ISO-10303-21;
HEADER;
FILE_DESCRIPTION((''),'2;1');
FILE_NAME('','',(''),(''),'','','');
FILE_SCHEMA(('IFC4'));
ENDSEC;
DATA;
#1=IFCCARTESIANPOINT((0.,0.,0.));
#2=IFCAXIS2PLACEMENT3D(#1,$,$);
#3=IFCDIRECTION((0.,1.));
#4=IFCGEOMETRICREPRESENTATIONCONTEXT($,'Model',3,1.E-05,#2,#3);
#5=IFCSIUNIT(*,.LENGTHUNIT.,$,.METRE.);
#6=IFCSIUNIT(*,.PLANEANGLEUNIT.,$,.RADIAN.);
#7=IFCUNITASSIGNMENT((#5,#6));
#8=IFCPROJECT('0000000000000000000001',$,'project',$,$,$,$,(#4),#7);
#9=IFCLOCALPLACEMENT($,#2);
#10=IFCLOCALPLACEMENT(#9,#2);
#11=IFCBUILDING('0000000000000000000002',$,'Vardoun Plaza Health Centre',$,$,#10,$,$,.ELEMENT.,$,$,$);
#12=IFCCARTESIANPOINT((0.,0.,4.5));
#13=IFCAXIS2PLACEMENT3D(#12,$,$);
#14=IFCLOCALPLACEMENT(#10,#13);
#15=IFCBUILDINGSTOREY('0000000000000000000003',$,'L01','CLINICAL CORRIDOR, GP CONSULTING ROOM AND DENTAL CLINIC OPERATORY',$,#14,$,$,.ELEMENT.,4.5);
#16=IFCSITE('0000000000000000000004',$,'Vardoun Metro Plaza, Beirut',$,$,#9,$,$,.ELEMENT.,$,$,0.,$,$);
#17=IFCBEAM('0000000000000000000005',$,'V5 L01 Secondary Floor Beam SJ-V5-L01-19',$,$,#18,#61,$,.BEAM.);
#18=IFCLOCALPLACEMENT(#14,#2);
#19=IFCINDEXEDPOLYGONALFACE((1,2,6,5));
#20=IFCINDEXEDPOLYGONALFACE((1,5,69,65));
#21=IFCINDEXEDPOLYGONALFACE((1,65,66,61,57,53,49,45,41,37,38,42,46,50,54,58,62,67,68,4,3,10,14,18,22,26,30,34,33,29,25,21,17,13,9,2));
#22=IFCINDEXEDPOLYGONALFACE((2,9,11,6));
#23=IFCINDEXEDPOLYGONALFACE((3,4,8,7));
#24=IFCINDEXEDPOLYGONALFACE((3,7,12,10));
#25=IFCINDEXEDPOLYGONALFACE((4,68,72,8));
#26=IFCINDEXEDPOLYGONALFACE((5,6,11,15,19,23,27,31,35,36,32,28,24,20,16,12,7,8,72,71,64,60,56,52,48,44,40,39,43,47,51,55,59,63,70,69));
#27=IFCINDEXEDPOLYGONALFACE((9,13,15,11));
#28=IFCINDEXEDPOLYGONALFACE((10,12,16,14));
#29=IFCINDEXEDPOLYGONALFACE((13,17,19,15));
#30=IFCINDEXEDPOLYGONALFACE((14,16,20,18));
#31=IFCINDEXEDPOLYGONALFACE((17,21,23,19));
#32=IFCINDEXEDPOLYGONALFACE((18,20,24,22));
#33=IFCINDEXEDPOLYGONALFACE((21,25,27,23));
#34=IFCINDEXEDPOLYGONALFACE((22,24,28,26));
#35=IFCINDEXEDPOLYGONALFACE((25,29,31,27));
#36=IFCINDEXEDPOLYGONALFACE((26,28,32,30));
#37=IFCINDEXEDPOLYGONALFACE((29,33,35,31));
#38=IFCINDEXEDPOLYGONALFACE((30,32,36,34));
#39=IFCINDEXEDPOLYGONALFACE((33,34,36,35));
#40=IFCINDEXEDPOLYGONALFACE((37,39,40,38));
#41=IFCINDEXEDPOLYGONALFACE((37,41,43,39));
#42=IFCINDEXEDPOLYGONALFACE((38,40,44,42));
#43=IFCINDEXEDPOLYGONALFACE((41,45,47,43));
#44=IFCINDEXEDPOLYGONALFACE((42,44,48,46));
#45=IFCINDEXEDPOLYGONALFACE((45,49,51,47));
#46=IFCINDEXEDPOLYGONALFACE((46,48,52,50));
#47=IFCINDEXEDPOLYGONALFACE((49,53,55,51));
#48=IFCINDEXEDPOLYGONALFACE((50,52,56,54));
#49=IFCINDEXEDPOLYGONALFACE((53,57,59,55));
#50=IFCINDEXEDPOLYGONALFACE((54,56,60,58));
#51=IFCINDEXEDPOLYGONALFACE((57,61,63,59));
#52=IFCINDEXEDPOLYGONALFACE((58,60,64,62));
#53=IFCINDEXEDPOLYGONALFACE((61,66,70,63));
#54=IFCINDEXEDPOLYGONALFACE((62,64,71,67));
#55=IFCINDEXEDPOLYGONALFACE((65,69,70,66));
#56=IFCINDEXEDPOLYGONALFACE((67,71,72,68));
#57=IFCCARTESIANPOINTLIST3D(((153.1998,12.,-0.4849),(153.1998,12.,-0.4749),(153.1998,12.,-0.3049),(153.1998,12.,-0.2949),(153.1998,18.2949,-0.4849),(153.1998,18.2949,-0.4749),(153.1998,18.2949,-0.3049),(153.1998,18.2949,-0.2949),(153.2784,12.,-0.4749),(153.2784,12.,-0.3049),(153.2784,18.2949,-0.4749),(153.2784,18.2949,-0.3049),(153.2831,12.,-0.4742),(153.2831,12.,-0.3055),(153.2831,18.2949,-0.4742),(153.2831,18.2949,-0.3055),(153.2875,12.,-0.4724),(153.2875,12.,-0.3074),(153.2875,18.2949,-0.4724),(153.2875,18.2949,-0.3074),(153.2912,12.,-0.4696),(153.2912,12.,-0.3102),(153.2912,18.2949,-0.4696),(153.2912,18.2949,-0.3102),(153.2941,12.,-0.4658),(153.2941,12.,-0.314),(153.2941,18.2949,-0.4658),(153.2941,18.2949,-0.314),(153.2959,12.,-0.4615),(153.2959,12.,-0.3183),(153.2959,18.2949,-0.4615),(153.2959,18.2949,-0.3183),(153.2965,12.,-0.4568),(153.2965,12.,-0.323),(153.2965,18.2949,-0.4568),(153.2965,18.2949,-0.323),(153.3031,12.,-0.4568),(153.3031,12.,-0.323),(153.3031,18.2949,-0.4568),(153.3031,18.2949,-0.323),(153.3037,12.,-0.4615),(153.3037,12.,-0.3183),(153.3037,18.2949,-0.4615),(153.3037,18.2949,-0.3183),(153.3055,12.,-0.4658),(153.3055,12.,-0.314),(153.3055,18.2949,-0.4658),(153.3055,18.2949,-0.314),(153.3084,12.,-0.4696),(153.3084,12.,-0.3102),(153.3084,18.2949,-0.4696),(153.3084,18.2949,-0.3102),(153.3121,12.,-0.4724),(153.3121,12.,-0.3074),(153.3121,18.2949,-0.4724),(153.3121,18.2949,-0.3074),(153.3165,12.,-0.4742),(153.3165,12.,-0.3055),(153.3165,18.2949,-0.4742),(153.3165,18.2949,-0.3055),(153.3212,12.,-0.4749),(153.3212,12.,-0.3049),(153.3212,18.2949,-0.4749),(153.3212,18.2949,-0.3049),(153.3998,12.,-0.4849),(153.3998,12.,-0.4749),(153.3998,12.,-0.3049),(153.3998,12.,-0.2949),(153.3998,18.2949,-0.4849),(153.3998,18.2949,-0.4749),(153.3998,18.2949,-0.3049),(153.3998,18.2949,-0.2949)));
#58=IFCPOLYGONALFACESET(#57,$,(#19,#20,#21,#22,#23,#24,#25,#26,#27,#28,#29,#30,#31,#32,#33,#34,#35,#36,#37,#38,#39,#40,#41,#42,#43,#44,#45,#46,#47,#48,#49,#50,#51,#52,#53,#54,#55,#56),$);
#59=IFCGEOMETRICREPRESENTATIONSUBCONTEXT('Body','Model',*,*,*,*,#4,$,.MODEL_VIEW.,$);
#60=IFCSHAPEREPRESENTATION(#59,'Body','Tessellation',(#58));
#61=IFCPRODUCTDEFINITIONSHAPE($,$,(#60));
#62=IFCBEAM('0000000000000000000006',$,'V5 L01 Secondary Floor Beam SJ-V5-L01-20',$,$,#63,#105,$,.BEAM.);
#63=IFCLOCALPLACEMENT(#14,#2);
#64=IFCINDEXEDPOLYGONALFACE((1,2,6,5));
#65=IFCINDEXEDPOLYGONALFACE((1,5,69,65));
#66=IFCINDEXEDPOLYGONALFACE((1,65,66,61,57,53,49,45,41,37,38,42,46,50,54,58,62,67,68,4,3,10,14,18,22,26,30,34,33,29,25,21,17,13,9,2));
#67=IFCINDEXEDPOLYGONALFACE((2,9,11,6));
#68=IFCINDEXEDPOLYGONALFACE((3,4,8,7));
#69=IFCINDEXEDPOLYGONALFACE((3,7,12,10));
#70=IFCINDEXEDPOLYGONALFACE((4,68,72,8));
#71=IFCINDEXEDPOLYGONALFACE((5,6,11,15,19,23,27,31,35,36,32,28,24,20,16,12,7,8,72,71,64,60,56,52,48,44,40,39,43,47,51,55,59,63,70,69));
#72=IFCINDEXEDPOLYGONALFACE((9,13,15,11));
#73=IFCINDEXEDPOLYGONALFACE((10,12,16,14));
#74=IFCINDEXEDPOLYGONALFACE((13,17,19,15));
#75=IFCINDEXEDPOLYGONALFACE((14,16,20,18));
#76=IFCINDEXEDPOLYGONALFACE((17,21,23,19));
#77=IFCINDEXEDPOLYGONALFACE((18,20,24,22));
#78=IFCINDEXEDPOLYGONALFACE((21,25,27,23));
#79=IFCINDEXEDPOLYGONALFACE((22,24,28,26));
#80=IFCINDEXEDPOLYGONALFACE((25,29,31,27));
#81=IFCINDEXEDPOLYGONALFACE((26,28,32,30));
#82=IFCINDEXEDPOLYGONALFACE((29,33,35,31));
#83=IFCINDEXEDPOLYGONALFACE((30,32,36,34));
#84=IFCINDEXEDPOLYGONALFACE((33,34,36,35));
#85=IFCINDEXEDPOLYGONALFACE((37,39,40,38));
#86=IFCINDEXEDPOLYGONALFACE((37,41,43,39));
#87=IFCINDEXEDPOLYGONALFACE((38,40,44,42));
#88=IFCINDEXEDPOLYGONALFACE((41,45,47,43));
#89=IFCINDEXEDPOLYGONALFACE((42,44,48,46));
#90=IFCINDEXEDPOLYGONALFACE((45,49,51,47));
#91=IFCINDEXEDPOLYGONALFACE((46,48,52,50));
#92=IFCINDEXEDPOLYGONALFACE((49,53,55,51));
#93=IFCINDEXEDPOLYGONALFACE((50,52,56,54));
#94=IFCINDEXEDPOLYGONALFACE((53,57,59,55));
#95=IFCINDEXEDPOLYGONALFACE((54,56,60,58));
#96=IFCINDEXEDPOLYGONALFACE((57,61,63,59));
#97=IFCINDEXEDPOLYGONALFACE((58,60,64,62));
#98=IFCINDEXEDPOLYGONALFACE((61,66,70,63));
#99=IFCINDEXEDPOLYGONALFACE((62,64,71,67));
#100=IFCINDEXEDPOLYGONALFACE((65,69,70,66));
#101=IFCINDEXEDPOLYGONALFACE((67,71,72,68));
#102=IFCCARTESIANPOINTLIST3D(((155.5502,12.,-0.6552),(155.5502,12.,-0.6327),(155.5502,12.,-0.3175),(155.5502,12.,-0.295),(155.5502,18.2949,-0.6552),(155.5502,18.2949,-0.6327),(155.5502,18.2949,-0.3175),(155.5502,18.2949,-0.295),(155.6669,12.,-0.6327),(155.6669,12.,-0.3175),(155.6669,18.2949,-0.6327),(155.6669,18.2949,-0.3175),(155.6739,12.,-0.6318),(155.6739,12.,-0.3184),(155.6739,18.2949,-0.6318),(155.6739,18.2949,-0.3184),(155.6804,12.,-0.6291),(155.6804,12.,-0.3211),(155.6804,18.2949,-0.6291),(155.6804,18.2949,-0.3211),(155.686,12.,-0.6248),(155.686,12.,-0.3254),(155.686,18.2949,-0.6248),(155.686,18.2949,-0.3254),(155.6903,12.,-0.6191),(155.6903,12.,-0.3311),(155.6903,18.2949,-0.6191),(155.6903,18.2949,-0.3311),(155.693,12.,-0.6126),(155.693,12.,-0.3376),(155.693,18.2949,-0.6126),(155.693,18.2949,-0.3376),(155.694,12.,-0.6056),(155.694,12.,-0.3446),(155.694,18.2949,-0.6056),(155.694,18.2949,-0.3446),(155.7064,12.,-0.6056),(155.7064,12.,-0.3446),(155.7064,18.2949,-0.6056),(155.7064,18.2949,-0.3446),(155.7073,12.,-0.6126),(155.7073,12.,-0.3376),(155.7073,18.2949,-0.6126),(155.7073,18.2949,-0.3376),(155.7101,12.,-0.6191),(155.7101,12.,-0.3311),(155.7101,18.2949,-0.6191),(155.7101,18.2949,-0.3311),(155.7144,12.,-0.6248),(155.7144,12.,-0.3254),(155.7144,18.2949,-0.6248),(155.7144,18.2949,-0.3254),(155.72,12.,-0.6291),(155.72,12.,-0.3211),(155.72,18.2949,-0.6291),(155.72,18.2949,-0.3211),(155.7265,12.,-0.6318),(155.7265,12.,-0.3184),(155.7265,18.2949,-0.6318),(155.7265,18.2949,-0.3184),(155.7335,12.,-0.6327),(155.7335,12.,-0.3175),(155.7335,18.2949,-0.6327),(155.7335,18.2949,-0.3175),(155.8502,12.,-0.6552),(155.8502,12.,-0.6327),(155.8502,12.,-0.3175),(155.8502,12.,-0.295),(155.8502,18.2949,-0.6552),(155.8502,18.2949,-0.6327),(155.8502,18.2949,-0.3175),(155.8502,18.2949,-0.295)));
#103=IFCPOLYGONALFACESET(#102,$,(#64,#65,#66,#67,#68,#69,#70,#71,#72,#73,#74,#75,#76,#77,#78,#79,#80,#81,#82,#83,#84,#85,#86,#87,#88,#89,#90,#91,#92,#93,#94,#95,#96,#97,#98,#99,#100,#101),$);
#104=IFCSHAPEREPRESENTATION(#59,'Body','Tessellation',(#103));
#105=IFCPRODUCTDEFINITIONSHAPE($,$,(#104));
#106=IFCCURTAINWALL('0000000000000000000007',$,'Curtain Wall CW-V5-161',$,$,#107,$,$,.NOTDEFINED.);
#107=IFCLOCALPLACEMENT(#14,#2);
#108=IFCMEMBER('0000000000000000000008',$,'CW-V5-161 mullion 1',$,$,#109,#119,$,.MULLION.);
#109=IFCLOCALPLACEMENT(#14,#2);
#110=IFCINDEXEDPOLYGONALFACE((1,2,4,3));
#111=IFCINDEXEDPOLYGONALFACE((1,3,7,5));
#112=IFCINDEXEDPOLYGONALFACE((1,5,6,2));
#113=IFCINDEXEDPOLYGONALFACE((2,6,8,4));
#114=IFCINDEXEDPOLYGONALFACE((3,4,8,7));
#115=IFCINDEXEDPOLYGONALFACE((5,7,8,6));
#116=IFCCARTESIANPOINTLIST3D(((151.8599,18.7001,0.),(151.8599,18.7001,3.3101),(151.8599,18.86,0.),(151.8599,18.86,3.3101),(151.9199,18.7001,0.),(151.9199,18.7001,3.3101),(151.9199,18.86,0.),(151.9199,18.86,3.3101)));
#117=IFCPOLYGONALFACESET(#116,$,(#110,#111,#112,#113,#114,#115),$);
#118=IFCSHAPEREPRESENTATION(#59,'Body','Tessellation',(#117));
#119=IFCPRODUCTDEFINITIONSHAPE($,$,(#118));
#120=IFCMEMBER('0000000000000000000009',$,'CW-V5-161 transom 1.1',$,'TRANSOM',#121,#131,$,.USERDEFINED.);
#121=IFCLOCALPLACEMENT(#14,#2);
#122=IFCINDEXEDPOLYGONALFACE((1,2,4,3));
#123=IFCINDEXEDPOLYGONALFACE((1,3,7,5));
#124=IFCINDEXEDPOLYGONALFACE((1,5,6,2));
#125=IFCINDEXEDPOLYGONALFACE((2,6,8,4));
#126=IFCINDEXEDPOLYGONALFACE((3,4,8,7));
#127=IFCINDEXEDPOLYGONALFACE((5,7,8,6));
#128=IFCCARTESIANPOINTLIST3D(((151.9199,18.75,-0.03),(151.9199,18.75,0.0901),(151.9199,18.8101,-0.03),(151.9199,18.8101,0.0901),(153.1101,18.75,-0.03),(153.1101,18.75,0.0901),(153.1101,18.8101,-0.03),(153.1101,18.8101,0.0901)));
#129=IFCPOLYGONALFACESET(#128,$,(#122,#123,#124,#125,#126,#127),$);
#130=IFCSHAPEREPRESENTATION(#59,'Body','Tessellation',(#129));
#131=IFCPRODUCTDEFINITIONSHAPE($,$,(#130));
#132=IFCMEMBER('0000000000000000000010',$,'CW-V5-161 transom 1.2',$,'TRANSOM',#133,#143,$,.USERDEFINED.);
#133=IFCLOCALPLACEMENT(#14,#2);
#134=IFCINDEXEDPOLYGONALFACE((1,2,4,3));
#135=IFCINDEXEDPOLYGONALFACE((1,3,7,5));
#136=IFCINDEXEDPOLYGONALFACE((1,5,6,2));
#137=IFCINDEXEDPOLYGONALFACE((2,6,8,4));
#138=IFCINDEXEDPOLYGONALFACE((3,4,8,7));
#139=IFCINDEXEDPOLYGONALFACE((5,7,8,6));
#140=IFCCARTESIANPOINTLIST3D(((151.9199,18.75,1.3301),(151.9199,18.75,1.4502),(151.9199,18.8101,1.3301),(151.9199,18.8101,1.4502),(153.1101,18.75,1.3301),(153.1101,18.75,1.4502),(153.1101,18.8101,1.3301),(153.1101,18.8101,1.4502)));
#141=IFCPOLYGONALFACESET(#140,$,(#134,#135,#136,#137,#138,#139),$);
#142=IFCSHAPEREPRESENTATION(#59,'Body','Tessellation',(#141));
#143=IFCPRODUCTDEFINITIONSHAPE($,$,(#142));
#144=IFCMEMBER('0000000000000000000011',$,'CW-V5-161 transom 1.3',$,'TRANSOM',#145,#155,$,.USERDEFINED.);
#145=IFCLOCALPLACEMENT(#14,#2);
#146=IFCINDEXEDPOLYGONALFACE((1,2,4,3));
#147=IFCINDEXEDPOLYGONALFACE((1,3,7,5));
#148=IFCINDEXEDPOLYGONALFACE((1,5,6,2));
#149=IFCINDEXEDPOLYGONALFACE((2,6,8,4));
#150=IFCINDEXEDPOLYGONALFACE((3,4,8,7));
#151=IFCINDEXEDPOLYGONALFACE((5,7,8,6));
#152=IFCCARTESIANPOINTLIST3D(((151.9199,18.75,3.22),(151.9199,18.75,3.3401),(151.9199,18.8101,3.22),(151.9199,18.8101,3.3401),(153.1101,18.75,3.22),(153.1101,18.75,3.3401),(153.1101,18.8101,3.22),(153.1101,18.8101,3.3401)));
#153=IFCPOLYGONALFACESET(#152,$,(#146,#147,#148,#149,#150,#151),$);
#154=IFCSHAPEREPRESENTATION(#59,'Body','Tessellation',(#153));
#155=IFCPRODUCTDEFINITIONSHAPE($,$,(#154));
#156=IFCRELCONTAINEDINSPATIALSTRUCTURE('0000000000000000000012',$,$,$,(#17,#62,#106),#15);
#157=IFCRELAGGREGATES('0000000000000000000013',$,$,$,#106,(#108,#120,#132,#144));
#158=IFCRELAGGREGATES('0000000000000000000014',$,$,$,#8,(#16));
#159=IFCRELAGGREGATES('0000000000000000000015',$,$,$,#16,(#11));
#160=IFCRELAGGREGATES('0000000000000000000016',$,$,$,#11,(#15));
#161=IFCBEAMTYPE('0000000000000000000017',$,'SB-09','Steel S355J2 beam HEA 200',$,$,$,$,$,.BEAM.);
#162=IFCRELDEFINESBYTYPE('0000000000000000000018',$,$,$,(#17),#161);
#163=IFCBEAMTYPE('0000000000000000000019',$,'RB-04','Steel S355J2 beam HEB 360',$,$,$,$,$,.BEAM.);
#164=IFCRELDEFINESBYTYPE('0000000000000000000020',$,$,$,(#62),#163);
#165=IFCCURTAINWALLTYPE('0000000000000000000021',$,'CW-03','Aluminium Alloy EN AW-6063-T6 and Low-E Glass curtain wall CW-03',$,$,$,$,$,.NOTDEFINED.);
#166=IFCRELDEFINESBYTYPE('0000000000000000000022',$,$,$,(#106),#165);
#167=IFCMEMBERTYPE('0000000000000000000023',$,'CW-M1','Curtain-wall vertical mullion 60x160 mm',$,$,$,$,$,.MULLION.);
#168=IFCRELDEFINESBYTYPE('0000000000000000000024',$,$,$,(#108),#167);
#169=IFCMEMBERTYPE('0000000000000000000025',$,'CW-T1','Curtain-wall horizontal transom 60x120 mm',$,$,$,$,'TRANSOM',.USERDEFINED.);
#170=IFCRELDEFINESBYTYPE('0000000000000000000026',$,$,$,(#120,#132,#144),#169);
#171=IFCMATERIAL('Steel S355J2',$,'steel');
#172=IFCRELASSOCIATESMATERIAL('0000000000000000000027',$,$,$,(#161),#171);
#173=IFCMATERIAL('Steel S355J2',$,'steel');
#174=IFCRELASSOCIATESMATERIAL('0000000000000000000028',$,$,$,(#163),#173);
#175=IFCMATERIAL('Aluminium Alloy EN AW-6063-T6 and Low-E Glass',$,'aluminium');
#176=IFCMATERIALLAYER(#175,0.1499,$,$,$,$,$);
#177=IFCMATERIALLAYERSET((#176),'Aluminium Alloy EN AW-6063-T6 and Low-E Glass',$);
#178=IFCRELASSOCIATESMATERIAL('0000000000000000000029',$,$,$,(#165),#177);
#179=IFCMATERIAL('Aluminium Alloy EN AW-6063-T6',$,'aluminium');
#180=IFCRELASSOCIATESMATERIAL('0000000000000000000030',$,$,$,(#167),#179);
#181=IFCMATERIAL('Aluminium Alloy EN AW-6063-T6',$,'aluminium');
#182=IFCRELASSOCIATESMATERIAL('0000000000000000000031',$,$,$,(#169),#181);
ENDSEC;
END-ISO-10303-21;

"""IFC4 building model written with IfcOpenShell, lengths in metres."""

from ifc_helpers import new_model, si_unit, direction, frame, origin, origin_2d, place, context, subcontext, project, spatial, rectangle, i_section, extrude, material, layer, layer_set, material_profile, profile_set, type_object, element, aggregate, save


model = new_model("IFC4")

# Units and contexts
model_context = context("Model", 3, precision=1e-05, world=origin(), true_north=direction((0.0, 1.0)))
body_context = subcontext(model_context, "Body", "Model", "MODEL_VIEW")
ifc_project = project(units=[si_unit("LENGTHUNIT", "METRE"), si_unit("PLANEANGLEUNIT", "RADIAN")], contexts=[model_context])

# Site, building, storey
site_placement = place(None, origin())
site = spatial("IfcSite", under=ifc_project, at=site_placement, Name="Vardoun Metro Plaza, Beirut", CompositionType="ELEMENT", RefElevation=0.0)
building_placement = place(site_placement, origin())
building = spatial("IfcBuilding", under=site, at=building_placement, Name="Vardoun Plaza Health Centre", CompositionType="ELEMENT")
storey_placement = place(building_placement, frame((0.0, 0.0, 4.5)))
storey = spatial("IfcBuildingStorey", under=building, at=storey_placement, Name="L01", Description="CLINICAL CORRIDOR, GP CONSULTING ROOM AND DENTAL CLINIC OPERATORY", CompositionType="ELEMENT", Elevation=4.5)

# Beams
ifc_material_1 = material(Name="Steel S355J2", Category="steel")
ifc_material_profile_1 = material_profile(ifc_material_1, i_section(OverallWidth=0.2, OverallDepth=0.1899, WebThickness=0.0066, FlangeThickness=0.01, FilletRadius=0.0181, at=origin_2d()), Name="HEA 200")
ifc_profile_set_1 = profile_set([ifc_material_profile_1], Name="Steel S355J2")
beam_type_1 = type_object("IfcBeamType", Name="SB-09", Description="Steel S355J2 beam HEA 200", PredefinedType="BEAM", material=ifc_profile_set_1)
beam_1_placement = place(storey_placement, frame((153.2998, 12.0, -0.3899), z_axis=(0.0, 1.0, 0.0), x_axis=(-1.0, 0.0, 0.0)))
element("IfcBeam", 1, at=beam_1_placement, inside=storey, type_object=beam_type_1, Name="V5 L01 Secondary Floor Beam SJ-V5-L01-19", PredefinedType="BEAM", context=body_context, shape_type="SweptSolid", body=[
    extrude(i_section(OverallWidth=0.2, OverallDepth=0.1899, WebThickness=0.0066, FlangeThickness=0.01, FilletRadius=0.0181, at=origin_2d()), origin(), (0.0, 0.0, 1.0), 6.2949),
])
ifc_material_2 = material(Name="Steel S355J2", Category="steel")
ifc_material_profile_2 = material_profile(ifc_material_2, i_section(OverallWidth=0.3, OverallDepth=0.3601, WebThickness=0.0125, FlangeThickness=0.0225, FilletRadius=0.0271, at=origin_2d()), Name="HEB 360")
ifc_profile_set_2 = profile_set([ifc_material_profile_2], Name="Steel S355J2")
beam_type_2 = type_object("IfcBeamType", Name="RB-04", Description="Steel S355J2 beam HEB 360", PredefinedType="BEAM", material=ifc_profile_set_2)
beam_2_placement = place(storey_placement, frame((155.7002, 12.0, -0.4751), z_axis=(0.0, 1.0, 0.0), x_axis=(-1.0, 0.0, 0.0)))
element("IfcBeam", 2, at=beam_2_placement, inside=storey, type_object=beam_type_2, Name="V5 L01 Secondary Floor Beam SJ-V5-L01-20", PredefinedType="BEAM", context=body_context, shape_type="SweptSolid", body=[
    extrude(i_section(OverallWidth=0.3, OverallDepth=0.3601, WebThickness=0.0125, FlangeThickness=0.0225, FilletRadius=0.0271, at=origin_2d()), origin(), (0.0, 0.0, 1.0), 6.2949),
])

# Curtain wall, members
ifc_material_3 = material(Name="Aluminium Alloy EN AW-6063-T6 and Low-E Glass", Category="aluminium")
ifc_layer_1 = layer(ifc_material_3, 0.1499)
ifc_layer_set_1 = layer_set([ifc_layer_1], Name="Aluminium Alloy EN AW-6063-T6 and Low-E Glass")
curtain_wall_type = type_object("IfcCurtainWallType", Name="CW-03", Description="Aluminium Alloy EN AW-6063-T6 and Low-E Glass curtain wall CW-03", PredefinedType="NOTDEFINED", material=ifc_layer_set_1)
curtain_wall_placement = place(storey_placement, origin())
curtain_wall = element("IfcCurtainWall", 3, at=curtain_wall_placement, inside=storey, type_object=curtain_wall_type, Name="Curtain Wall CW-V5-161", PredefinedType="NOTDEFINED")
ifc_material_4 = material(Name="Aluminium Alloy EN AW-6063-T6", Category="aluminium")
ifc_material_profile_3 = material_profile(ifc_material_4, rectangle(XDim=0.1599, YDim=0.0601, at=origin_2d()), Name="CWM 60x160")
ifc_profile_set_3 = profile_set([ifc_material_profile_3], Name="Aluminium Alloy EN AW-6063-T6")
member_type_1 = type_object("IfcMemberType", Name="CW-M1", Description="Curtain-wall vertical mullion 60x160 mm", PredefinedType="MULLION", material=ifc_profile_set_3)
member_1_placement = place(storey_placement, frame((151.8899, 18.78, 0.0), z_axis=(0.0, 0.0, 1.0), x_axis=(0.0, 1.0, 0.0)))
member_1 = element("IfcMember", 4, at=member_1_placement, type_object=member_type_1, Name="CW-V5-161 mullion 1", PredefinedType="MULLION", context=body_context, shape_type="SweptSolid", body=[
    extrude(rectangle(XDim=0.1599, YDim=0.0601, at=origin_2d()), origin(), (0.0, 0.0, 1.0), 3.3101),
])
ifc_material_5 = material(Name="Aluminium Alloy EN AW-6063-T6", Category="aluminium")
ifc_material_profile_4 = material_profile(ifc_material_5, rectangle(XDim=0.0601, YDim=0.1201, at=origin_2d()), Name="CWT 60x120")
ifc_profile_set_4 = profile_set([ifc_material_profile_4], Name="Aluminium Alloy EN AW-6063-T6")
member_type_2 = type_object("IfcMemberType", Name="CW-T1", Description="Curtain-wall horizontal transom 60x120 mm", ElementType="TRANSOM", PredefinedType="USERDEFINED", material=ifc_profile_set_4)
member_2_placement = place(storey_placement, frame((151.9199, 18.78, 0.03), z_axis=(1.0, 0.0, 0.0), x_axis=(0.0, 1.0, 0.0)))
member_2 = element("IfcMember", 5, at=member_2_placement, type_object=member_type_2, Name="CW-V5-161 transom 1.1", ObjectType="TRANSOM", PredefinedType="USERDEFINED", context=body_context, shape_type="SweptSolid", body=[
    extrude(rectangle(XDim=0.0601, YDim=0.1201, at=origin_2d()), origin(), (0.0, 0.0, 1.0), 1.1902),
])
member_3_placement = place(storey_placement, frame((151.9199, 18.78, 1.3901), z_axis=(1.0, 0.0, 0.0), x_axis=(0.0, 1.0, 0.0)))
member_3 = element("IfcMember", 6, at=member_3_placement, type_object=member_type_2, Name="CW-V5-161 transom 1.2", ObjectType="TRANSOM", PredefinedType="USERDEFINED", context=body_context, shape_type="SweptSolid", body=[
    extrude(rectangle(XDim=0.0601, YDim=0.1201, at=origin_2d()), origin(), (0.0, 0.0, 1.0), 1.1902),
])
member_4_placement = place(storey_placement, frame((151.9199, 18.78, 3.28), z_axis=(1.0, 0.0, 0.0), x_axis=(0.0, 1.0, 0.0)))
member_4 = element("IfcMember", 7, at=member_4_placement, type_object=member_type_2, Name="CW-V5-161 transom 1.3", ObjectType="TRANSOM", PredefinedType="USERDEFINED", context=body_context, shape_type="SweptSolid", body=[
    extrude(rectangle(XDim=0.0601, YDim=0.1201, at=origin_2d()), origin(), (0.0, 0.0, 1.0), 1.1902),
])

aggregate(curtain_wall, [member_1, member_2, member_3, member_4])

save(model, "model.ifc")
